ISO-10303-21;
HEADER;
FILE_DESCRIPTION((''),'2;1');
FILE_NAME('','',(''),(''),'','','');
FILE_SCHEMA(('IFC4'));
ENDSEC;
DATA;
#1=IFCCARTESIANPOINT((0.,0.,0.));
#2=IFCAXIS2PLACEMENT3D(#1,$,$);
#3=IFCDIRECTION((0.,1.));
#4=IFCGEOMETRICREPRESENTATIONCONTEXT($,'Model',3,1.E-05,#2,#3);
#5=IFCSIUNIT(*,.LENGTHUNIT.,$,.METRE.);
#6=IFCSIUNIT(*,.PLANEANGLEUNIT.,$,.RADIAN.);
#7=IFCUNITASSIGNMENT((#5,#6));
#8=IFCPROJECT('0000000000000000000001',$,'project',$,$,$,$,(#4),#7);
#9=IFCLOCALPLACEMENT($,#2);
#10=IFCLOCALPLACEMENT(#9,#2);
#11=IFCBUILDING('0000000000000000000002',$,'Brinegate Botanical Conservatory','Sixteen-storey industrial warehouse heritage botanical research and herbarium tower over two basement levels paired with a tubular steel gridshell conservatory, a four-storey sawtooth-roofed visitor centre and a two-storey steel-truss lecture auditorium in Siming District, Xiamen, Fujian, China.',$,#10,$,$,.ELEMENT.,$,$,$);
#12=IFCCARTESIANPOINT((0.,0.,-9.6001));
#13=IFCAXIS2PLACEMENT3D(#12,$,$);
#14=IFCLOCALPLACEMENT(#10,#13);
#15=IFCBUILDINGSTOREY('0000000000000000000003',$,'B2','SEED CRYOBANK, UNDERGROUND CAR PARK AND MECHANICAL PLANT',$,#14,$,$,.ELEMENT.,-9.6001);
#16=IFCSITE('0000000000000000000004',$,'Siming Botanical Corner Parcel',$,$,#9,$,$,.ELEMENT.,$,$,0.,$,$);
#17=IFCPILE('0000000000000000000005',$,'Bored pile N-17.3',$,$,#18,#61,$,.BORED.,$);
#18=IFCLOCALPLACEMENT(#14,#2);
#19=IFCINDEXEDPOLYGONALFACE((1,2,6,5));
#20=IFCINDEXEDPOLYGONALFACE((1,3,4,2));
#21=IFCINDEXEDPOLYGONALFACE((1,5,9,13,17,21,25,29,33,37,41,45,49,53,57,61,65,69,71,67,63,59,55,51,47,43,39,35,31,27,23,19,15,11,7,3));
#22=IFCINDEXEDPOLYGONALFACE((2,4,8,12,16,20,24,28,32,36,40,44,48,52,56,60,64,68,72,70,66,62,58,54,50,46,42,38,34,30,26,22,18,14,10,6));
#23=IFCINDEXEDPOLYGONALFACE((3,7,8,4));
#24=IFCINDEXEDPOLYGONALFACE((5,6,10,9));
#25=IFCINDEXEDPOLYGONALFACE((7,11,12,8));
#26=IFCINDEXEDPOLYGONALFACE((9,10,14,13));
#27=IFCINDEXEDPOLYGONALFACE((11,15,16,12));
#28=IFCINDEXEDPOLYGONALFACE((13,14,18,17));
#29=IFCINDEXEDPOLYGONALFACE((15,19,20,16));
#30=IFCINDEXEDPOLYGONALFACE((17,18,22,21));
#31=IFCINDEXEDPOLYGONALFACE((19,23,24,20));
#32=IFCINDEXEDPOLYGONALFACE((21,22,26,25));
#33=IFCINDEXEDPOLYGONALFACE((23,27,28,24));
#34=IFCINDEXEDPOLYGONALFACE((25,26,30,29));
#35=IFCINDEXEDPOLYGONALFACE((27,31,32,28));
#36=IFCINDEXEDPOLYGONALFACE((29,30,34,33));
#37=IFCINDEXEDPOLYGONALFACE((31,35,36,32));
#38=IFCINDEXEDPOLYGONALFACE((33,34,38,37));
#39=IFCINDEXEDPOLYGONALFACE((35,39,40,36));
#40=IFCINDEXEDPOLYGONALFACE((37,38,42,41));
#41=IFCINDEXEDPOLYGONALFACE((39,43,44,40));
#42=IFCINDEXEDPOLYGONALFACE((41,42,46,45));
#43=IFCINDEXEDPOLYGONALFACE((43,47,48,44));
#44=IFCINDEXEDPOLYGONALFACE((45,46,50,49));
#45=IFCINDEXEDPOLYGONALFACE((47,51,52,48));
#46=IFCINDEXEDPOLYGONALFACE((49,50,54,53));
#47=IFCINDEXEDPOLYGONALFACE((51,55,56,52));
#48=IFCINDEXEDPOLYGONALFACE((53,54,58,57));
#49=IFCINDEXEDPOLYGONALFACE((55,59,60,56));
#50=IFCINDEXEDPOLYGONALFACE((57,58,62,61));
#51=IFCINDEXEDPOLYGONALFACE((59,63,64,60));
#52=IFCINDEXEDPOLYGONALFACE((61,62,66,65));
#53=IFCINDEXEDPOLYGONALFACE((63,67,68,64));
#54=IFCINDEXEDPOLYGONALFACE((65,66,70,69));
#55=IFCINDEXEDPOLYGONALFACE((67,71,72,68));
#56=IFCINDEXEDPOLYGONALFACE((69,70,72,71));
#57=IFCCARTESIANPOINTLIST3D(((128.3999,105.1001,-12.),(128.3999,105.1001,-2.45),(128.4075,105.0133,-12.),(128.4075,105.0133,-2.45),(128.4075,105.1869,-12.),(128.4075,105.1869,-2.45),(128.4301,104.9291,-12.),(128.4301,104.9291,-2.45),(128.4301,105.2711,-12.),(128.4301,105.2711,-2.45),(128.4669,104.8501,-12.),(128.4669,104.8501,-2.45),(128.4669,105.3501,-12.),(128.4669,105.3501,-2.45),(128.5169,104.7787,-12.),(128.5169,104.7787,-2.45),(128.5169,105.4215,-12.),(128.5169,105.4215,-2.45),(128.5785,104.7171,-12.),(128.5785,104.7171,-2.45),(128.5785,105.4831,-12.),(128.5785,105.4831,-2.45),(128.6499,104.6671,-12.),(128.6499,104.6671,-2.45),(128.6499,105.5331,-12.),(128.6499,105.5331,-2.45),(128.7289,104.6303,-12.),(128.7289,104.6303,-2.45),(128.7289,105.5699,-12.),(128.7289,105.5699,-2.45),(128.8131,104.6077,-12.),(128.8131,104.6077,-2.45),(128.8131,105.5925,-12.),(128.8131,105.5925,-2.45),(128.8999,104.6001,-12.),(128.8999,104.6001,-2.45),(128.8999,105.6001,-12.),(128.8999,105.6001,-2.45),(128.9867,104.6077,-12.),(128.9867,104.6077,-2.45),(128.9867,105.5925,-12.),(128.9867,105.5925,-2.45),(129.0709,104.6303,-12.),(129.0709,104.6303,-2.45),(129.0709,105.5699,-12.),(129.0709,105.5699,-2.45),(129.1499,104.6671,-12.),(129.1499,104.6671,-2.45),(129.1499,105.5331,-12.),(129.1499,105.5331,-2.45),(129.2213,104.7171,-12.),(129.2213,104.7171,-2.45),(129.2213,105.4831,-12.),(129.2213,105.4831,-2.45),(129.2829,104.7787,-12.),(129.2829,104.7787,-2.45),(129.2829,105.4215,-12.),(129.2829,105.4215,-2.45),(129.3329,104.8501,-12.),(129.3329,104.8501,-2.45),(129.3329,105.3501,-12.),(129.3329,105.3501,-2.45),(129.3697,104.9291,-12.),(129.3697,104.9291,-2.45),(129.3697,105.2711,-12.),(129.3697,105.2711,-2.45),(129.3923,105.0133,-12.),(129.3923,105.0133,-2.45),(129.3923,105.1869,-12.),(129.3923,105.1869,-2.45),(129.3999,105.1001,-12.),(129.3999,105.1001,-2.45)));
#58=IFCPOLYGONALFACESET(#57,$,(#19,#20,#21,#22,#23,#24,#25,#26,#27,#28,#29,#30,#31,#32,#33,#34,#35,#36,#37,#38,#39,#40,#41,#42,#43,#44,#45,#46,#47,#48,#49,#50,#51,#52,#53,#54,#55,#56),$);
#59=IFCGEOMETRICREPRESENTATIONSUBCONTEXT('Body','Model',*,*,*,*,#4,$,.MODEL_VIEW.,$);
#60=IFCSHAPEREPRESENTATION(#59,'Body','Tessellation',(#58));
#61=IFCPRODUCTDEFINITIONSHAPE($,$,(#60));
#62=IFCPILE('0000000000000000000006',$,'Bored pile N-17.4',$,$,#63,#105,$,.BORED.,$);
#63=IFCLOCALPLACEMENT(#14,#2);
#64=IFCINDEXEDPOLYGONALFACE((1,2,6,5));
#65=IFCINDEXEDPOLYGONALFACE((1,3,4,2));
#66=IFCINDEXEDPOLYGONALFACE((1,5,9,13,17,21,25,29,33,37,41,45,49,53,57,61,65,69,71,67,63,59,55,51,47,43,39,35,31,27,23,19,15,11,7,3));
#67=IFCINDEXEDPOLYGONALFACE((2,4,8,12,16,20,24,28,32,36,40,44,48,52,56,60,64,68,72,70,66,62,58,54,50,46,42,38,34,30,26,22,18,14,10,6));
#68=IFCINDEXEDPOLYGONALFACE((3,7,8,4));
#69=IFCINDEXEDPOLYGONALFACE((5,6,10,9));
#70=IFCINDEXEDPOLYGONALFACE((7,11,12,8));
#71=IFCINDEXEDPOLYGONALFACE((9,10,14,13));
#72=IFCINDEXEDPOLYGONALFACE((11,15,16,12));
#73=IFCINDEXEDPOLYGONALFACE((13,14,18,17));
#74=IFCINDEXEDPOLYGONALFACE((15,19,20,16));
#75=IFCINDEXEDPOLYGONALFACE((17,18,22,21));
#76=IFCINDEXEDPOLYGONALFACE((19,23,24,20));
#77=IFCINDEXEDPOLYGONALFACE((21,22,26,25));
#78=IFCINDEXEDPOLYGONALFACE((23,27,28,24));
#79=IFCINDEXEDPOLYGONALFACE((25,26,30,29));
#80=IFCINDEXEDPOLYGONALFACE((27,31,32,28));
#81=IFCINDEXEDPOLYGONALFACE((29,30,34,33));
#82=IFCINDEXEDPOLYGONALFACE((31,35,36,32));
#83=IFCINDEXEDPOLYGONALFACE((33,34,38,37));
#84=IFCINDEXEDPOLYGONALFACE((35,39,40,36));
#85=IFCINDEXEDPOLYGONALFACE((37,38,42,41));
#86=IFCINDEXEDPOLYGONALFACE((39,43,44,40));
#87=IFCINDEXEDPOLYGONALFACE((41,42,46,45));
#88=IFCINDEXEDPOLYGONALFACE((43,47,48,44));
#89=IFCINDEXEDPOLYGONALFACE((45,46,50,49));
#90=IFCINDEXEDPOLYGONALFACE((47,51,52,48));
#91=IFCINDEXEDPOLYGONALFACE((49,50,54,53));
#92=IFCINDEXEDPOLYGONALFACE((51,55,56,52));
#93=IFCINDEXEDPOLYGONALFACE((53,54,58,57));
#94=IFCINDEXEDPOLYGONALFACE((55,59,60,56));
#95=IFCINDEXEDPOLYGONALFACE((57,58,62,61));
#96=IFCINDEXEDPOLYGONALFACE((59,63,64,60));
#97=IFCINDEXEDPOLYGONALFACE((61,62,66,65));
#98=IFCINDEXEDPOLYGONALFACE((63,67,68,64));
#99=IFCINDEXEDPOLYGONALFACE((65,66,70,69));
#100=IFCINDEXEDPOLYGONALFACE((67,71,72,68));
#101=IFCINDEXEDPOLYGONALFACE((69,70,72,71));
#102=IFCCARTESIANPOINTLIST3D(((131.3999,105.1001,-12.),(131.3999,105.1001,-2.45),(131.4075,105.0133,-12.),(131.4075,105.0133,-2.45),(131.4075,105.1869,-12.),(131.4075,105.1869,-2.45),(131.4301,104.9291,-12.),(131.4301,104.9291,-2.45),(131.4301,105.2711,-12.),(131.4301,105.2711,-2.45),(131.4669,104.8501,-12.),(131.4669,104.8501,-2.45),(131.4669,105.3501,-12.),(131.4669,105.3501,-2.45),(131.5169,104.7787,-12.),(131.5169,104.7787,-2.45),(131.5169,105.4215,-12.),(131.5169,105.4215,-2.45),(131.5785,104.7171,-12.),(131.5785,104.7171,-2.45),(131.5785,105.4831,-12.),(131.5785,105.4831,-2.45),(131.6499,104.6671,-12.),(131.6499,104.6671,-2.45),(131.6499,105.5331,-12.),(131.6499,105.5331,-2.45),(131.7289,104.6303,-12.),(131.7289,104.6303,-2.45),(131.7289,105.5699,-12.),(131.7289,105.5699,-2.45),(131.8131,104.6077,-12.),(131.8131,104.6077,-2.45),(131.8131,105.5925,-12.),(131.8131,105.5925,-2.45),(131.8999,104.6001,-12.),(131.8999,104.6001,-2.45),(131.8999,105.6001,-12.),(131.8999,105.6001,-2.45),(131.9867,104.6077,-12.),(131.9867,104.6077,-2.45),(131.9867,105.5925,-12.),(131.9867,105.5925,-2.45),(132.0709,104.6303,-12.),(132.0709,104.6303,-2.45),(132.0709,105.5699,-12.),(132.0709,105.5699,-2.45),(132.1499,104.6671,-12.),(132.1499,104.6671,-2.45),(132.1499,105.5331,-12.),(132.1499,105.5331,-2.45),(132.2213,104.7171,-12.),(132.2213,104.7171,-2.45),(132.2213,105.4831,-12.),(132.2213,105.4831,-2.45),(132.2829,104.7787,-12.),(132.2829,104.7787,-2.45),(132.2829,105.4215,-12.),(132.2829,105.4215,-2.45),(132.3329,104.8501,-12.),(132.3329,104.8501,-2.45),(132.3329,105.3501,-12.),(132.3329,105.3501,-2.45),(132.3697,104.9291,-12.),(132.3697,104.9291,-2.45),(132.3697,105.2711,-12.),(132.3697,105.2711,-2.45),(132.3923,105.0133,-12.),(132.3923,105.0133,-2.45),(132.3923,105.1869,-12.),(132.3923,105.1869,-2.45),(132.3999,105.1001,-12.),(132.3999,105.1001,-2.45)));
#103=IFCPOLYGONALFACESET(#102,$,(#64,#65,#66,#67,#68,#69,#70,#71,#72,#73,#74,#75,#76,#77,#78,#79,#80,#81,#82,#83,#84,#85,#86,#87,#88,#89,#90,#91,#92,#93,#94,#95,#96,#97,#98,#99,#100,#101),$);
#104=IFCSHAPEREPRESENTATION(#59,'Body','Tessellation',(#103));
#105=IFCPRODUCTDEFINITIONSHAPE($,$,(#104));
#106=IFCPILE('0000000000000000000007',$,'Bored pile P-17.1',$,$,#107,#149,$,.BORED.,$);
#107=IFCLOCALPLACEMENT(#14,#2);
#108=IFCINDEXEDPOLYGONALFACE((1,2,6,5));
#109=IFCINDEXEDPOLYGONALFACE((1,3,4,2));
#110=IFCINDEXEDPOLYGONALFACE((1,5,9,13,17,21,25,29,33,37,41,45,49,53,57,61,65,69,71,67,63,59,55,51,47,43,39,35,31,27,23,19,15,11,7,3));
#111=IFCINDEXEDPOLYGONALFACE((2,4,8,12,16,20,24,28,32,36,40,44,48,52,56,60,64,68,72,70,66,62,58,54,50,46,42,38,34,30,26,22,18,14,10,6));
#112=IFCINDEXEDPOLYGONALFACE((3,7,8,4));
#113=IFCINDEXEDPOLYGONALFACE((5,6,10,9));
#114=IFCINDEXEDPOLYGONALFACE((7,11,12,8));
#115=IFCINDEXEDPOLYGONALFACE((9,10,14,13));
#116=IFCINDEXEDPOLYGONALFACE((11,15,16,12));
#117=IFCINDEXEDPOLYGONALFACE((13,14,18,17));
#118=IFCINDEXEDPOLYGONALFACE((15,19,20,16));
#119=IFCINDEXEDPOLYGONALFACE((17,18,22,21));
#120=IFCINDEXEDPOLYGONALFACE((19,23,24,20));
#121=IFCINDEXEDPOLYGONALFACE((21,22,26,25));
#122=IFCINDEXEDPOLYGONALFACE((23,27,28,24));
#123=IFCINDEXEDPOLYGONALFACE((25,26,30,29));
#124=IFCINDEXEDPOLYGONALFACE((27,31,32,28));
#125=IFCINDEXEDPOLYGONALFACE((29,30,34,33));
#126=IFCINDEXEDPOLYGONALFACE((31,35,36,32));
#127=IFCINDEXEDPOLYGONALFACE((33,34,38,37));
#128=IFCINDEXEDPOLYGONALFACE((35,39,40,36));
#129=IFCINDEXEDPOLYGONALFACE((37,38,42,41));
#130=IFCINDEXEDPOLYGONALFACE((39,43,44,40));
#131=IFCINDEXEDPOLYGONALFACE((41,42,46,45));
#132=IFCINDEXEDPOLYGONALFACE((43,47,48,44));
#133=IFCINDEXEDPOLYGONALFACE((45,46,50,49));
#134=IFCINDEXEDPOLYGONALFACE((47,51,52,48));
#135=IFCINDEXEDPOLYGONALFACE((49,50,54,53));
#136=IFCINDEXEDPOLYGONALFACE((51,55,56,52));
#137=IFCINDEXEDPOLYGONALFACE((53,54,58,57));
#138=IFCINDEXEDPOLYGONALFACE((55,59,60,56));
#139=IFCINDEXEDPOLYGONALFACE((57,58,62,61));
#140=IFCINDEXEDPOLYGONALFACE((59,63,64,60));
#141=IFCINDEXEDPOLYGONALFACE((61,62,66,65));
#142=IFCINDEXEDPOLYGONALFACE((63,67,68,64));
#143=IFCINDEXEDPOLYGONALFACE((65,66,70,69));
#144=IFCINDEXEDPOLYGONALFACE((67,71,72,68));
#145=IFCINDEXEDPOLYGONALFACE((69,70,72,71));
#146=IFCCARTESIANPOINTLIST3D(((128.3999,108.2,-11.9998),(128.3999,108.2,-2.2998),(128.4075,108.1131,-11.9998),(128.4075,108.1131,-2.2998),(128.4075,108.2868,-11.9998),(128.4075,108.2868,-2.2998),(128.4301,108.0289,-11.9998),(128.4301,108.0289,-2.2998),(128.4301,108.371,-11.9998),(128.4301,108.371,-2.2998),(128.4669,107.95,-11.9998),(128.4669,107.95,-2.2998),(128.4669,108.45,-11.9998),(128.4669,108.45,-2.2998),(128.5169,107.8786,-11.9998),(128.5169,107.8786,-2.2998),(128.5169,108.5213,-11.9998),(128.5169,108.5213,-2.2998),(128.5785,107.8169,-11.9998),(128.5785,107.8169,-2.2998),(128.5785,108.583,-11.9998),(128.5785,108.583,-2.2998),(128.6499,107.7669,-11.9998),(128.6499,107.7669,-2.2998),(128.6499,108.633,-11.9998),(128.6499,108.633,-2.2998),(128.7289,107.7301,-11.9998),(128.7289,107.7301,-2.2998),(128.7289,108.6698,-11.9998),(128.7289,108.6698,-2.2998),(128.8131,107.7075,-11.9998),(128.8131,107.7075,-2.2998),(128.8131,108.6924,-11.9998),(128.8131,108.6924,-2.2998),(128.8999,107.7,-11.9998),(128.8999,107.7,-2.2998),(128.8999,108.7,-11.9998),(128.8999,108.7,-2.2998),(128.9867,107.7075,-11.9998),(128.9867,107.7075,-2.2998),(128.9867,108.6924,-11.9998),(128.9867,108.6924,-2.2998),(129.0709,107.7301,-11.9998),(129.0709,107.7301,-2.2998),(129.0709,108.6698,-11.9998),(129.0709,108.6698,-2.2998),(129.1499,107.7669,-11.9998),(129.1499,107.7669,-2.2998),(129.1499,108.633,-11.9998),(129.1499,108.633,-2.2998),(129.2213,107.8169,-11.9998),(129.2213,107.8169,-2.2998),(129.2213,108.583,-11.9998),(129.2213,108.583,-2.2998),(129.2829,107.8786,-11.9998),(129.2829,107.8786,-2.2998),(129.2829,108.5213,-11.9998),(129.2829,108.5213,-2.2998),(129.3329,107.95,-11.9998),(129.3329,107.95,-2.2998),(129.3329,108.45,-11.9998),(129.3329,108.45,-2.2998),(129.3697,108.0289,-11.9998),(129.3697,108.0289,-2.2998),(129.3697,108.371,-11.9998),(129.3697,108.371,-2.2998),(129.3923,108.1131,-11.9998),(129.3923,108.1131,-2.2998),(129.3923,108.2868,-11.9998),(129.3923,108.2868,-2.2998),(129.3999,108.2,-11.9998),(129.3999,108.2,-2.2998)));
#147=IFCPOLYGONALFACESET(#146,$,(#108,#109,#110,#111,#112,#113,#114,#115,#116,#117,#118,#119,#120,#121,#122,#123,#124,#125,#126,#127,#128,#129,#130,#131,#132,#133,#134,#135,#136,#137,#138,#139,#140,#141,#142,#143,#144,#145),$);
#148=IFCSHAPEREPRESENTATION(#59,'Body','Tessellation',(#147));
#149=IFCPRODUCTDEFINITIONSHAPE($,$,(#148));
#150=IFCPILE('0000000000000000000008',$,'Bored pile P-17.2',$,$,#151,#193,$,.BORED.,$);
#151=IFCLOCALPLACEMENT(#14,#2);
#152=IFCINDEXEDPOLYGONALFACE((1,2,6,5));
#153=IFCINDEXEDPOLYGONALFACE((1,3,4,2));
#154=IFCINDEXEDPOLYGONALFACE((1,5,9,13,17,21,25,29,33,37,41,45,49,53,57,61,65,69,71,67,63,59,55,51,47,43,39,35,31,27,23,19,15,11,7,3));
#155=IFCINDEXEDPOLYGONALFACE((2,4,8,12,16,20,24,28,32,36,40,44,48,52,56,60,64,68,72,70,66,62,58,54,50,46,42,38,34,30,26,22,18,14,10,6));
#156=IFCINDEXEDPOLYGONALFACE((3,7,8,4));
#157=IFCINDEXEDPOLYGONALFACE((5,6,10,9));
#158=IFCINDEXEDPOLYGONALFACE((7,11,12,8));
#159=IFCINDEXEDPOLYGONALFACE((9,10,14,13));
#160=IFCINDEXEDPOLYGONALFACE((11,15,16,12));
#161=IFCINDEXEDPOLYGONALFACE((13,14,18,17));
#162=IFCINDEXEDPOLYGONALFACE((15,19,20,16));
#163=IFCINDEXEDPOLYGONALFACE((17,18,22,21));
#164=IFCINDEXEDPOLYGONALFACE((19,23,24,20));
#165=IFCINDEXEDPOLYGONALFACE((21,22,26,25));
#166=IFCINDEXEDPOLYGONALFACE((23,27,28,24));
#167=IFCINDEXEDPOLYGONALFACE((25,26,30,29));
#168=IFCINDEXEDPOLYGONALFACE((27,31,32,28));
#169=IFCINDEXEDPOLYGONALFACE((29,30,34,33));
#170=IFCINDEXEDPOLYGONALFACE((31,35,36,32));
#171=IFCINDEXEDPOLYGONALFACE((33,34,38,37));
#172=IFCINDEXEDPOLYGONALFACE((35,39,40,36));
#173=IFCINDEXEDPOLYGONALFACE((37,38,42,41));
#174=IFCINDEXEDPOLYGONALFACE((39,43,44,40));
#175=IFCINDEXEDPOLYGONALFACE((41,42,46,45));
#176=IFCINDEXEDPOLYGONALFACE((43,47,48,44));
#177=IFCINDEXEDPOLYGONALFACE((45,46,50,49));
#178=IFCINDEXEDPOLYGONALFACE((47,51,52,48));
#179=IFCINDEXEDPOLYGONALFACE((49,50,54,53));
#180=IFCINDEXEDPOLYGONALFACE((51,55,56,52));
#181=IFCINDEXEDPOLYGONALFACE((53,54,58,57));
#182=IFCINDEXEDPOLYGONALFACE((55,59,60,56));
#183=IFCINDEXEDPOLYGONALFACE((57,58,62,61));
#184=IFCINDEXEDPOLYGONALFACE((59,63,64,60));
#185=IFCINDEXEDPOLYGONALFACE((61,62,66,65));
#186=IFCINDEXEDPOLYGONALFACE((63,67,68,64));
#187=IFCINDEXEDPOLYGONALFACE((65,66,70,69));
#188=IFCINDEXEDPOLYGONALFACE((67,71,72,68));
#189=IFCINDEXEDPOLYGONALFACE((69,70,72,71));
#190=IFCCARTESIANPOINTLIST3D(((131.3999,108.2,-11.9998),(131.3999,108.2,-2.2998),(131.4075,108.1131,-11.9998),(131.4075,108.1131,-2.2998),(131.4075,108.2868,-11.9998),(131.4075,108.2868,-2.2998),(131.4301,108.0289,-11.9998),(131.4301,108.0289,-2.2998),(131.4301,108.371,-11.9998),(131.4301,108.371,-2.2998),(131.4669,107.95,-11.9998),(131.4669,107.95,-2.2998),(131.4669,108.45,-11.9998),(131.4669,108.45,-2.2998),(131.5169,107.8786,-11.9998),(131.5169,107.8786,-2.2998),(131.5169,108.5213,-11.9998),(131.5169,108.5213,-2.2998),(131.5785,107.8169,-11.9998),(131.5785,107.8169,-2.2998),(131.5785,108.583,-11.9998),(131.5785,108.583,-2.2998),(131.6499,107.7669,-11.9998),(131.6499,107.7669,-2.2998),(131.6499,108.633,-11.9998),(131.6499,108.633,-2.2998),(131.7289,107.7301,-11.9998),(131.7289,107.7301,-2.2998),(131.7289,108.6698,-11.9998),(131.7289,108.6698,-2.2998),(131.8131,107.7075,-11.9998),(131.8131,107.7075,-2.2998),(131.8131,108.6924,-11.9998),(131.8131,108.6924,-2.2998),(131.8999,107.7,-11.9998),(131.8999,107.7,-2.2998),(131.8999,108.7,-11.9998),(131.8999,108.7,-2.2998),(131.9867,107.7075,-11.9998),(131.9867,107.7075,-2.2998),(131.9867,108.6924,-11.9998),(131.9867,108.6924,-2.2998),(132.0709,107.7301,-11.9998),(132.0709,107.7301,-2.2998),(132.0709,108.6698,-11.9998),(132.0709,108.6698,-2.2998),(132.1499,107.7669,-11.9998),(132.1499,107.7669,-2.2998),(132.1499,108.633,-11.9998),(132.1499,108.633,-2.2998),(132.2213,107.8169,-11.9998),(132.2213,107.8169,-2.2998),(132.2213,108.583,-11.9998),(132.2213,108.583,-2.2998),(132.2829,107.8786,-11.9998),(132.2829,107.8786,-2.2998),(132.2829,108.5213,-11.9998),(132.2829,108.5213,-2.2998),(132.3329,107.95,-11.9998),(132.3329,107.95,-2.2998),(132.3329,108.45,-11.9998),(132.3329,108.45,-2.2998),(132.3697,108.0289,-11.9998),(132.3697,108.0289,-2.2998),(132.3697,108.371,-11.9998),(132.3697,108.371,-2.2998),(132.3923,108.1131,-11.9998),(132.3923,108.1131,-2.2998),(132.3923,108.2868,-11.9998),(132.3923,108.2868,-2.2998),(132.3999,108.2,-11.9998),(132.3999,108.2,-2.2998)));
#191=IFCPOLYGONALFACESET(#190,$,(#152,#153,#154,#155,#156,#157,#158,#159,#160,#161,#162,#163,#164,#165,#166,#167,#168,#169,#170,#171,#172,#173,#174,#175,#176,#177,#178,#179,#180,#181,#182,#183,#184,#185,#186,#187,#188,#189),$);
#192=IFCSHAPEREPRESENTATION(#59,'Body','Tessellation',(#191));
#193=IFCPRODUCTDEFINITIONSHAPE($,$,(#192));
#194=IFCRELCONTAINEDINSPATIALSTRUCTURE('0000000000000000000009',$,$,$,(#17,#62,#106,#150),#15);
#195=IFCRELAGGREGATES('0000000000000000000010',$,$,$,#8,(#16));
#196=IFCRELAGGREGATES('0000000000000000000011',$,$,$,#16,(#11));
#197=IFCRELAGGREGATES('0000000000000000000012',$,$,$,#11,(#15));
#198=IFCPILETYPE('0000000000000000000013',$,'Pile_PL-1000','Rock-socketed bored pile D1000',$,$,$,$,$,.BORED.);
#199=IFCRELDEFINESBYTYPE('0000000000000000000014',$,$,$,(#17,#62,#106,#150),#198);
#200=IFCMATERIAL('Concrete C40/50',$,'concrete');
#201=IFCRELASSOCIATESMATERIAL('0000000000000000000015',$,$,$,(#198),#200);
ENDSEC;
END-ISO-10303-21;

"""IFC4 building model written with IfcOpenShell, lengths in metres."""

from ifc_helpers import new_model, si_unit, direction, frame, origin, origin_2d, place, context, subcontext, project, spatial, circle, extrude, material, material_profile, profile_set, type_object, element, save


model = new_model("IFC4")

# Units and contexts
model_context = context("Model", 3, precision=1e-05, world=origin(), true_north=direction((0.0, 1.0)))
body_context = subcontext(model_context, "Body", "Model", "MODEL_VIEW")
ifc_project = project(units=[si_unit("LENGTHUNIT", "METRE"), si_unit("PLANEANGLEUNIT", "RADIAN")], contexts=[model_context])

# Site, building, storey
site_placement = place(None, origin())
site = spatial("IfcSite", under=ifc_project, at=site_placement, Name="Siming Botanical Corner Parcel", CompositionType="ELEMENT", RefElevation=0.0)
building_placement = place(site_placement, origin())
building = spatial("IfcBuilding", under=site, at=building_placement, Name="Brinegate Botanical Conservatory", Description="Sixteen-storey industrial warehouse heritage botanical research and herbarium tower over two basement levels paired with a tubular steel gridshell conservatory, a four-storey sawtooth-roofed visitor centre and a two-storey steel-truss lecture auditorium in Siming District, Xiamen, Fujian, China.", CompositionType="ELEMENT")
storey_placement = place(building_placement, frame((0.0, 0.0, -9.6001)))
storey = spatial("IfcBuildingStorey", under=building, at=storey_placement, Name="B2", Description="SEED CRYOBANK, UNDERGROUND CAR PARK AND MECHANICAL PLANT", CompositionType="ELEMENT", Elevation=-9.6001)

# Shared definitions
ifc_material_1 = material(Name="Concrete C40/50", Category="concrete")

# Piles
ifc_material_profile_1 = material_profile(ifc_material_1, circle(Radius=0.5, at=origin_2d()), Name="PILE D1000")
ifc_profile_set_1 = profile_set([ifc_material_profile_1], Name="Concrete C40/50")
pile_type = type_object("IfcPileType", Name="Pile_PL-1000", Description="Rock-socketed bored pile D1000", PredefinedType="BORED", material=ifc_profile_set_1)
for number, where, z_axis, x_axis, name in (
    (1, (128.8999, 105.1001, -2.45), (0.0, 0.0, -1.0), (1.0, 0.0, 0.0), "Bored pile N-17.3"),
    (2, (131.8999, 105.1001, -2.45), (0.0, 0.0, -1.0), (1.0, 0.0, 0.0), "Bored pile N-17.4"),
):
    element("IfcPile", number, at=place(storey_placement, frame(where, z_axis=z_axis, x_axis=x_axis)), inside=storey, type_object=pile_type, Name=name, PredefinedType="BORED", context=body_context, shape_type="SweptSolid", body=[
        extrude(circle(Radius=0.5, at=origin_2d()), origin(), (0.0, 0.0, 1.0), 9.55),
    ])
for number, where, z_axis, x_axis, name in (
    (3, (128.8999, 108.2, -2.2998), (0.0, 0.0, -1.0), (1.0, 0.0, 0.0), "Bored pile P-17.1"),
    (4, (131.8999, 108.2, -2.2998), (0.0, 0.0, -1.0), (1.0, 0.0, 0.0), "Bored pile P-17.2"),
):
    element("IfcPile", number, at=place(storey_placement, frame(where, z_axis=z_axis, x_axis=x_axis)), inside=storey, type_object=pile_type, Name=name, PredefinedType="BORED", context=body_context, shape_type="SweptSolid", body=[
        extrude(circle(Radius=0.5, at=origin_2d()), origin(), (0.0, 0.0, 1.0), 9.7),
    ])

save(model, "model.ifc")
